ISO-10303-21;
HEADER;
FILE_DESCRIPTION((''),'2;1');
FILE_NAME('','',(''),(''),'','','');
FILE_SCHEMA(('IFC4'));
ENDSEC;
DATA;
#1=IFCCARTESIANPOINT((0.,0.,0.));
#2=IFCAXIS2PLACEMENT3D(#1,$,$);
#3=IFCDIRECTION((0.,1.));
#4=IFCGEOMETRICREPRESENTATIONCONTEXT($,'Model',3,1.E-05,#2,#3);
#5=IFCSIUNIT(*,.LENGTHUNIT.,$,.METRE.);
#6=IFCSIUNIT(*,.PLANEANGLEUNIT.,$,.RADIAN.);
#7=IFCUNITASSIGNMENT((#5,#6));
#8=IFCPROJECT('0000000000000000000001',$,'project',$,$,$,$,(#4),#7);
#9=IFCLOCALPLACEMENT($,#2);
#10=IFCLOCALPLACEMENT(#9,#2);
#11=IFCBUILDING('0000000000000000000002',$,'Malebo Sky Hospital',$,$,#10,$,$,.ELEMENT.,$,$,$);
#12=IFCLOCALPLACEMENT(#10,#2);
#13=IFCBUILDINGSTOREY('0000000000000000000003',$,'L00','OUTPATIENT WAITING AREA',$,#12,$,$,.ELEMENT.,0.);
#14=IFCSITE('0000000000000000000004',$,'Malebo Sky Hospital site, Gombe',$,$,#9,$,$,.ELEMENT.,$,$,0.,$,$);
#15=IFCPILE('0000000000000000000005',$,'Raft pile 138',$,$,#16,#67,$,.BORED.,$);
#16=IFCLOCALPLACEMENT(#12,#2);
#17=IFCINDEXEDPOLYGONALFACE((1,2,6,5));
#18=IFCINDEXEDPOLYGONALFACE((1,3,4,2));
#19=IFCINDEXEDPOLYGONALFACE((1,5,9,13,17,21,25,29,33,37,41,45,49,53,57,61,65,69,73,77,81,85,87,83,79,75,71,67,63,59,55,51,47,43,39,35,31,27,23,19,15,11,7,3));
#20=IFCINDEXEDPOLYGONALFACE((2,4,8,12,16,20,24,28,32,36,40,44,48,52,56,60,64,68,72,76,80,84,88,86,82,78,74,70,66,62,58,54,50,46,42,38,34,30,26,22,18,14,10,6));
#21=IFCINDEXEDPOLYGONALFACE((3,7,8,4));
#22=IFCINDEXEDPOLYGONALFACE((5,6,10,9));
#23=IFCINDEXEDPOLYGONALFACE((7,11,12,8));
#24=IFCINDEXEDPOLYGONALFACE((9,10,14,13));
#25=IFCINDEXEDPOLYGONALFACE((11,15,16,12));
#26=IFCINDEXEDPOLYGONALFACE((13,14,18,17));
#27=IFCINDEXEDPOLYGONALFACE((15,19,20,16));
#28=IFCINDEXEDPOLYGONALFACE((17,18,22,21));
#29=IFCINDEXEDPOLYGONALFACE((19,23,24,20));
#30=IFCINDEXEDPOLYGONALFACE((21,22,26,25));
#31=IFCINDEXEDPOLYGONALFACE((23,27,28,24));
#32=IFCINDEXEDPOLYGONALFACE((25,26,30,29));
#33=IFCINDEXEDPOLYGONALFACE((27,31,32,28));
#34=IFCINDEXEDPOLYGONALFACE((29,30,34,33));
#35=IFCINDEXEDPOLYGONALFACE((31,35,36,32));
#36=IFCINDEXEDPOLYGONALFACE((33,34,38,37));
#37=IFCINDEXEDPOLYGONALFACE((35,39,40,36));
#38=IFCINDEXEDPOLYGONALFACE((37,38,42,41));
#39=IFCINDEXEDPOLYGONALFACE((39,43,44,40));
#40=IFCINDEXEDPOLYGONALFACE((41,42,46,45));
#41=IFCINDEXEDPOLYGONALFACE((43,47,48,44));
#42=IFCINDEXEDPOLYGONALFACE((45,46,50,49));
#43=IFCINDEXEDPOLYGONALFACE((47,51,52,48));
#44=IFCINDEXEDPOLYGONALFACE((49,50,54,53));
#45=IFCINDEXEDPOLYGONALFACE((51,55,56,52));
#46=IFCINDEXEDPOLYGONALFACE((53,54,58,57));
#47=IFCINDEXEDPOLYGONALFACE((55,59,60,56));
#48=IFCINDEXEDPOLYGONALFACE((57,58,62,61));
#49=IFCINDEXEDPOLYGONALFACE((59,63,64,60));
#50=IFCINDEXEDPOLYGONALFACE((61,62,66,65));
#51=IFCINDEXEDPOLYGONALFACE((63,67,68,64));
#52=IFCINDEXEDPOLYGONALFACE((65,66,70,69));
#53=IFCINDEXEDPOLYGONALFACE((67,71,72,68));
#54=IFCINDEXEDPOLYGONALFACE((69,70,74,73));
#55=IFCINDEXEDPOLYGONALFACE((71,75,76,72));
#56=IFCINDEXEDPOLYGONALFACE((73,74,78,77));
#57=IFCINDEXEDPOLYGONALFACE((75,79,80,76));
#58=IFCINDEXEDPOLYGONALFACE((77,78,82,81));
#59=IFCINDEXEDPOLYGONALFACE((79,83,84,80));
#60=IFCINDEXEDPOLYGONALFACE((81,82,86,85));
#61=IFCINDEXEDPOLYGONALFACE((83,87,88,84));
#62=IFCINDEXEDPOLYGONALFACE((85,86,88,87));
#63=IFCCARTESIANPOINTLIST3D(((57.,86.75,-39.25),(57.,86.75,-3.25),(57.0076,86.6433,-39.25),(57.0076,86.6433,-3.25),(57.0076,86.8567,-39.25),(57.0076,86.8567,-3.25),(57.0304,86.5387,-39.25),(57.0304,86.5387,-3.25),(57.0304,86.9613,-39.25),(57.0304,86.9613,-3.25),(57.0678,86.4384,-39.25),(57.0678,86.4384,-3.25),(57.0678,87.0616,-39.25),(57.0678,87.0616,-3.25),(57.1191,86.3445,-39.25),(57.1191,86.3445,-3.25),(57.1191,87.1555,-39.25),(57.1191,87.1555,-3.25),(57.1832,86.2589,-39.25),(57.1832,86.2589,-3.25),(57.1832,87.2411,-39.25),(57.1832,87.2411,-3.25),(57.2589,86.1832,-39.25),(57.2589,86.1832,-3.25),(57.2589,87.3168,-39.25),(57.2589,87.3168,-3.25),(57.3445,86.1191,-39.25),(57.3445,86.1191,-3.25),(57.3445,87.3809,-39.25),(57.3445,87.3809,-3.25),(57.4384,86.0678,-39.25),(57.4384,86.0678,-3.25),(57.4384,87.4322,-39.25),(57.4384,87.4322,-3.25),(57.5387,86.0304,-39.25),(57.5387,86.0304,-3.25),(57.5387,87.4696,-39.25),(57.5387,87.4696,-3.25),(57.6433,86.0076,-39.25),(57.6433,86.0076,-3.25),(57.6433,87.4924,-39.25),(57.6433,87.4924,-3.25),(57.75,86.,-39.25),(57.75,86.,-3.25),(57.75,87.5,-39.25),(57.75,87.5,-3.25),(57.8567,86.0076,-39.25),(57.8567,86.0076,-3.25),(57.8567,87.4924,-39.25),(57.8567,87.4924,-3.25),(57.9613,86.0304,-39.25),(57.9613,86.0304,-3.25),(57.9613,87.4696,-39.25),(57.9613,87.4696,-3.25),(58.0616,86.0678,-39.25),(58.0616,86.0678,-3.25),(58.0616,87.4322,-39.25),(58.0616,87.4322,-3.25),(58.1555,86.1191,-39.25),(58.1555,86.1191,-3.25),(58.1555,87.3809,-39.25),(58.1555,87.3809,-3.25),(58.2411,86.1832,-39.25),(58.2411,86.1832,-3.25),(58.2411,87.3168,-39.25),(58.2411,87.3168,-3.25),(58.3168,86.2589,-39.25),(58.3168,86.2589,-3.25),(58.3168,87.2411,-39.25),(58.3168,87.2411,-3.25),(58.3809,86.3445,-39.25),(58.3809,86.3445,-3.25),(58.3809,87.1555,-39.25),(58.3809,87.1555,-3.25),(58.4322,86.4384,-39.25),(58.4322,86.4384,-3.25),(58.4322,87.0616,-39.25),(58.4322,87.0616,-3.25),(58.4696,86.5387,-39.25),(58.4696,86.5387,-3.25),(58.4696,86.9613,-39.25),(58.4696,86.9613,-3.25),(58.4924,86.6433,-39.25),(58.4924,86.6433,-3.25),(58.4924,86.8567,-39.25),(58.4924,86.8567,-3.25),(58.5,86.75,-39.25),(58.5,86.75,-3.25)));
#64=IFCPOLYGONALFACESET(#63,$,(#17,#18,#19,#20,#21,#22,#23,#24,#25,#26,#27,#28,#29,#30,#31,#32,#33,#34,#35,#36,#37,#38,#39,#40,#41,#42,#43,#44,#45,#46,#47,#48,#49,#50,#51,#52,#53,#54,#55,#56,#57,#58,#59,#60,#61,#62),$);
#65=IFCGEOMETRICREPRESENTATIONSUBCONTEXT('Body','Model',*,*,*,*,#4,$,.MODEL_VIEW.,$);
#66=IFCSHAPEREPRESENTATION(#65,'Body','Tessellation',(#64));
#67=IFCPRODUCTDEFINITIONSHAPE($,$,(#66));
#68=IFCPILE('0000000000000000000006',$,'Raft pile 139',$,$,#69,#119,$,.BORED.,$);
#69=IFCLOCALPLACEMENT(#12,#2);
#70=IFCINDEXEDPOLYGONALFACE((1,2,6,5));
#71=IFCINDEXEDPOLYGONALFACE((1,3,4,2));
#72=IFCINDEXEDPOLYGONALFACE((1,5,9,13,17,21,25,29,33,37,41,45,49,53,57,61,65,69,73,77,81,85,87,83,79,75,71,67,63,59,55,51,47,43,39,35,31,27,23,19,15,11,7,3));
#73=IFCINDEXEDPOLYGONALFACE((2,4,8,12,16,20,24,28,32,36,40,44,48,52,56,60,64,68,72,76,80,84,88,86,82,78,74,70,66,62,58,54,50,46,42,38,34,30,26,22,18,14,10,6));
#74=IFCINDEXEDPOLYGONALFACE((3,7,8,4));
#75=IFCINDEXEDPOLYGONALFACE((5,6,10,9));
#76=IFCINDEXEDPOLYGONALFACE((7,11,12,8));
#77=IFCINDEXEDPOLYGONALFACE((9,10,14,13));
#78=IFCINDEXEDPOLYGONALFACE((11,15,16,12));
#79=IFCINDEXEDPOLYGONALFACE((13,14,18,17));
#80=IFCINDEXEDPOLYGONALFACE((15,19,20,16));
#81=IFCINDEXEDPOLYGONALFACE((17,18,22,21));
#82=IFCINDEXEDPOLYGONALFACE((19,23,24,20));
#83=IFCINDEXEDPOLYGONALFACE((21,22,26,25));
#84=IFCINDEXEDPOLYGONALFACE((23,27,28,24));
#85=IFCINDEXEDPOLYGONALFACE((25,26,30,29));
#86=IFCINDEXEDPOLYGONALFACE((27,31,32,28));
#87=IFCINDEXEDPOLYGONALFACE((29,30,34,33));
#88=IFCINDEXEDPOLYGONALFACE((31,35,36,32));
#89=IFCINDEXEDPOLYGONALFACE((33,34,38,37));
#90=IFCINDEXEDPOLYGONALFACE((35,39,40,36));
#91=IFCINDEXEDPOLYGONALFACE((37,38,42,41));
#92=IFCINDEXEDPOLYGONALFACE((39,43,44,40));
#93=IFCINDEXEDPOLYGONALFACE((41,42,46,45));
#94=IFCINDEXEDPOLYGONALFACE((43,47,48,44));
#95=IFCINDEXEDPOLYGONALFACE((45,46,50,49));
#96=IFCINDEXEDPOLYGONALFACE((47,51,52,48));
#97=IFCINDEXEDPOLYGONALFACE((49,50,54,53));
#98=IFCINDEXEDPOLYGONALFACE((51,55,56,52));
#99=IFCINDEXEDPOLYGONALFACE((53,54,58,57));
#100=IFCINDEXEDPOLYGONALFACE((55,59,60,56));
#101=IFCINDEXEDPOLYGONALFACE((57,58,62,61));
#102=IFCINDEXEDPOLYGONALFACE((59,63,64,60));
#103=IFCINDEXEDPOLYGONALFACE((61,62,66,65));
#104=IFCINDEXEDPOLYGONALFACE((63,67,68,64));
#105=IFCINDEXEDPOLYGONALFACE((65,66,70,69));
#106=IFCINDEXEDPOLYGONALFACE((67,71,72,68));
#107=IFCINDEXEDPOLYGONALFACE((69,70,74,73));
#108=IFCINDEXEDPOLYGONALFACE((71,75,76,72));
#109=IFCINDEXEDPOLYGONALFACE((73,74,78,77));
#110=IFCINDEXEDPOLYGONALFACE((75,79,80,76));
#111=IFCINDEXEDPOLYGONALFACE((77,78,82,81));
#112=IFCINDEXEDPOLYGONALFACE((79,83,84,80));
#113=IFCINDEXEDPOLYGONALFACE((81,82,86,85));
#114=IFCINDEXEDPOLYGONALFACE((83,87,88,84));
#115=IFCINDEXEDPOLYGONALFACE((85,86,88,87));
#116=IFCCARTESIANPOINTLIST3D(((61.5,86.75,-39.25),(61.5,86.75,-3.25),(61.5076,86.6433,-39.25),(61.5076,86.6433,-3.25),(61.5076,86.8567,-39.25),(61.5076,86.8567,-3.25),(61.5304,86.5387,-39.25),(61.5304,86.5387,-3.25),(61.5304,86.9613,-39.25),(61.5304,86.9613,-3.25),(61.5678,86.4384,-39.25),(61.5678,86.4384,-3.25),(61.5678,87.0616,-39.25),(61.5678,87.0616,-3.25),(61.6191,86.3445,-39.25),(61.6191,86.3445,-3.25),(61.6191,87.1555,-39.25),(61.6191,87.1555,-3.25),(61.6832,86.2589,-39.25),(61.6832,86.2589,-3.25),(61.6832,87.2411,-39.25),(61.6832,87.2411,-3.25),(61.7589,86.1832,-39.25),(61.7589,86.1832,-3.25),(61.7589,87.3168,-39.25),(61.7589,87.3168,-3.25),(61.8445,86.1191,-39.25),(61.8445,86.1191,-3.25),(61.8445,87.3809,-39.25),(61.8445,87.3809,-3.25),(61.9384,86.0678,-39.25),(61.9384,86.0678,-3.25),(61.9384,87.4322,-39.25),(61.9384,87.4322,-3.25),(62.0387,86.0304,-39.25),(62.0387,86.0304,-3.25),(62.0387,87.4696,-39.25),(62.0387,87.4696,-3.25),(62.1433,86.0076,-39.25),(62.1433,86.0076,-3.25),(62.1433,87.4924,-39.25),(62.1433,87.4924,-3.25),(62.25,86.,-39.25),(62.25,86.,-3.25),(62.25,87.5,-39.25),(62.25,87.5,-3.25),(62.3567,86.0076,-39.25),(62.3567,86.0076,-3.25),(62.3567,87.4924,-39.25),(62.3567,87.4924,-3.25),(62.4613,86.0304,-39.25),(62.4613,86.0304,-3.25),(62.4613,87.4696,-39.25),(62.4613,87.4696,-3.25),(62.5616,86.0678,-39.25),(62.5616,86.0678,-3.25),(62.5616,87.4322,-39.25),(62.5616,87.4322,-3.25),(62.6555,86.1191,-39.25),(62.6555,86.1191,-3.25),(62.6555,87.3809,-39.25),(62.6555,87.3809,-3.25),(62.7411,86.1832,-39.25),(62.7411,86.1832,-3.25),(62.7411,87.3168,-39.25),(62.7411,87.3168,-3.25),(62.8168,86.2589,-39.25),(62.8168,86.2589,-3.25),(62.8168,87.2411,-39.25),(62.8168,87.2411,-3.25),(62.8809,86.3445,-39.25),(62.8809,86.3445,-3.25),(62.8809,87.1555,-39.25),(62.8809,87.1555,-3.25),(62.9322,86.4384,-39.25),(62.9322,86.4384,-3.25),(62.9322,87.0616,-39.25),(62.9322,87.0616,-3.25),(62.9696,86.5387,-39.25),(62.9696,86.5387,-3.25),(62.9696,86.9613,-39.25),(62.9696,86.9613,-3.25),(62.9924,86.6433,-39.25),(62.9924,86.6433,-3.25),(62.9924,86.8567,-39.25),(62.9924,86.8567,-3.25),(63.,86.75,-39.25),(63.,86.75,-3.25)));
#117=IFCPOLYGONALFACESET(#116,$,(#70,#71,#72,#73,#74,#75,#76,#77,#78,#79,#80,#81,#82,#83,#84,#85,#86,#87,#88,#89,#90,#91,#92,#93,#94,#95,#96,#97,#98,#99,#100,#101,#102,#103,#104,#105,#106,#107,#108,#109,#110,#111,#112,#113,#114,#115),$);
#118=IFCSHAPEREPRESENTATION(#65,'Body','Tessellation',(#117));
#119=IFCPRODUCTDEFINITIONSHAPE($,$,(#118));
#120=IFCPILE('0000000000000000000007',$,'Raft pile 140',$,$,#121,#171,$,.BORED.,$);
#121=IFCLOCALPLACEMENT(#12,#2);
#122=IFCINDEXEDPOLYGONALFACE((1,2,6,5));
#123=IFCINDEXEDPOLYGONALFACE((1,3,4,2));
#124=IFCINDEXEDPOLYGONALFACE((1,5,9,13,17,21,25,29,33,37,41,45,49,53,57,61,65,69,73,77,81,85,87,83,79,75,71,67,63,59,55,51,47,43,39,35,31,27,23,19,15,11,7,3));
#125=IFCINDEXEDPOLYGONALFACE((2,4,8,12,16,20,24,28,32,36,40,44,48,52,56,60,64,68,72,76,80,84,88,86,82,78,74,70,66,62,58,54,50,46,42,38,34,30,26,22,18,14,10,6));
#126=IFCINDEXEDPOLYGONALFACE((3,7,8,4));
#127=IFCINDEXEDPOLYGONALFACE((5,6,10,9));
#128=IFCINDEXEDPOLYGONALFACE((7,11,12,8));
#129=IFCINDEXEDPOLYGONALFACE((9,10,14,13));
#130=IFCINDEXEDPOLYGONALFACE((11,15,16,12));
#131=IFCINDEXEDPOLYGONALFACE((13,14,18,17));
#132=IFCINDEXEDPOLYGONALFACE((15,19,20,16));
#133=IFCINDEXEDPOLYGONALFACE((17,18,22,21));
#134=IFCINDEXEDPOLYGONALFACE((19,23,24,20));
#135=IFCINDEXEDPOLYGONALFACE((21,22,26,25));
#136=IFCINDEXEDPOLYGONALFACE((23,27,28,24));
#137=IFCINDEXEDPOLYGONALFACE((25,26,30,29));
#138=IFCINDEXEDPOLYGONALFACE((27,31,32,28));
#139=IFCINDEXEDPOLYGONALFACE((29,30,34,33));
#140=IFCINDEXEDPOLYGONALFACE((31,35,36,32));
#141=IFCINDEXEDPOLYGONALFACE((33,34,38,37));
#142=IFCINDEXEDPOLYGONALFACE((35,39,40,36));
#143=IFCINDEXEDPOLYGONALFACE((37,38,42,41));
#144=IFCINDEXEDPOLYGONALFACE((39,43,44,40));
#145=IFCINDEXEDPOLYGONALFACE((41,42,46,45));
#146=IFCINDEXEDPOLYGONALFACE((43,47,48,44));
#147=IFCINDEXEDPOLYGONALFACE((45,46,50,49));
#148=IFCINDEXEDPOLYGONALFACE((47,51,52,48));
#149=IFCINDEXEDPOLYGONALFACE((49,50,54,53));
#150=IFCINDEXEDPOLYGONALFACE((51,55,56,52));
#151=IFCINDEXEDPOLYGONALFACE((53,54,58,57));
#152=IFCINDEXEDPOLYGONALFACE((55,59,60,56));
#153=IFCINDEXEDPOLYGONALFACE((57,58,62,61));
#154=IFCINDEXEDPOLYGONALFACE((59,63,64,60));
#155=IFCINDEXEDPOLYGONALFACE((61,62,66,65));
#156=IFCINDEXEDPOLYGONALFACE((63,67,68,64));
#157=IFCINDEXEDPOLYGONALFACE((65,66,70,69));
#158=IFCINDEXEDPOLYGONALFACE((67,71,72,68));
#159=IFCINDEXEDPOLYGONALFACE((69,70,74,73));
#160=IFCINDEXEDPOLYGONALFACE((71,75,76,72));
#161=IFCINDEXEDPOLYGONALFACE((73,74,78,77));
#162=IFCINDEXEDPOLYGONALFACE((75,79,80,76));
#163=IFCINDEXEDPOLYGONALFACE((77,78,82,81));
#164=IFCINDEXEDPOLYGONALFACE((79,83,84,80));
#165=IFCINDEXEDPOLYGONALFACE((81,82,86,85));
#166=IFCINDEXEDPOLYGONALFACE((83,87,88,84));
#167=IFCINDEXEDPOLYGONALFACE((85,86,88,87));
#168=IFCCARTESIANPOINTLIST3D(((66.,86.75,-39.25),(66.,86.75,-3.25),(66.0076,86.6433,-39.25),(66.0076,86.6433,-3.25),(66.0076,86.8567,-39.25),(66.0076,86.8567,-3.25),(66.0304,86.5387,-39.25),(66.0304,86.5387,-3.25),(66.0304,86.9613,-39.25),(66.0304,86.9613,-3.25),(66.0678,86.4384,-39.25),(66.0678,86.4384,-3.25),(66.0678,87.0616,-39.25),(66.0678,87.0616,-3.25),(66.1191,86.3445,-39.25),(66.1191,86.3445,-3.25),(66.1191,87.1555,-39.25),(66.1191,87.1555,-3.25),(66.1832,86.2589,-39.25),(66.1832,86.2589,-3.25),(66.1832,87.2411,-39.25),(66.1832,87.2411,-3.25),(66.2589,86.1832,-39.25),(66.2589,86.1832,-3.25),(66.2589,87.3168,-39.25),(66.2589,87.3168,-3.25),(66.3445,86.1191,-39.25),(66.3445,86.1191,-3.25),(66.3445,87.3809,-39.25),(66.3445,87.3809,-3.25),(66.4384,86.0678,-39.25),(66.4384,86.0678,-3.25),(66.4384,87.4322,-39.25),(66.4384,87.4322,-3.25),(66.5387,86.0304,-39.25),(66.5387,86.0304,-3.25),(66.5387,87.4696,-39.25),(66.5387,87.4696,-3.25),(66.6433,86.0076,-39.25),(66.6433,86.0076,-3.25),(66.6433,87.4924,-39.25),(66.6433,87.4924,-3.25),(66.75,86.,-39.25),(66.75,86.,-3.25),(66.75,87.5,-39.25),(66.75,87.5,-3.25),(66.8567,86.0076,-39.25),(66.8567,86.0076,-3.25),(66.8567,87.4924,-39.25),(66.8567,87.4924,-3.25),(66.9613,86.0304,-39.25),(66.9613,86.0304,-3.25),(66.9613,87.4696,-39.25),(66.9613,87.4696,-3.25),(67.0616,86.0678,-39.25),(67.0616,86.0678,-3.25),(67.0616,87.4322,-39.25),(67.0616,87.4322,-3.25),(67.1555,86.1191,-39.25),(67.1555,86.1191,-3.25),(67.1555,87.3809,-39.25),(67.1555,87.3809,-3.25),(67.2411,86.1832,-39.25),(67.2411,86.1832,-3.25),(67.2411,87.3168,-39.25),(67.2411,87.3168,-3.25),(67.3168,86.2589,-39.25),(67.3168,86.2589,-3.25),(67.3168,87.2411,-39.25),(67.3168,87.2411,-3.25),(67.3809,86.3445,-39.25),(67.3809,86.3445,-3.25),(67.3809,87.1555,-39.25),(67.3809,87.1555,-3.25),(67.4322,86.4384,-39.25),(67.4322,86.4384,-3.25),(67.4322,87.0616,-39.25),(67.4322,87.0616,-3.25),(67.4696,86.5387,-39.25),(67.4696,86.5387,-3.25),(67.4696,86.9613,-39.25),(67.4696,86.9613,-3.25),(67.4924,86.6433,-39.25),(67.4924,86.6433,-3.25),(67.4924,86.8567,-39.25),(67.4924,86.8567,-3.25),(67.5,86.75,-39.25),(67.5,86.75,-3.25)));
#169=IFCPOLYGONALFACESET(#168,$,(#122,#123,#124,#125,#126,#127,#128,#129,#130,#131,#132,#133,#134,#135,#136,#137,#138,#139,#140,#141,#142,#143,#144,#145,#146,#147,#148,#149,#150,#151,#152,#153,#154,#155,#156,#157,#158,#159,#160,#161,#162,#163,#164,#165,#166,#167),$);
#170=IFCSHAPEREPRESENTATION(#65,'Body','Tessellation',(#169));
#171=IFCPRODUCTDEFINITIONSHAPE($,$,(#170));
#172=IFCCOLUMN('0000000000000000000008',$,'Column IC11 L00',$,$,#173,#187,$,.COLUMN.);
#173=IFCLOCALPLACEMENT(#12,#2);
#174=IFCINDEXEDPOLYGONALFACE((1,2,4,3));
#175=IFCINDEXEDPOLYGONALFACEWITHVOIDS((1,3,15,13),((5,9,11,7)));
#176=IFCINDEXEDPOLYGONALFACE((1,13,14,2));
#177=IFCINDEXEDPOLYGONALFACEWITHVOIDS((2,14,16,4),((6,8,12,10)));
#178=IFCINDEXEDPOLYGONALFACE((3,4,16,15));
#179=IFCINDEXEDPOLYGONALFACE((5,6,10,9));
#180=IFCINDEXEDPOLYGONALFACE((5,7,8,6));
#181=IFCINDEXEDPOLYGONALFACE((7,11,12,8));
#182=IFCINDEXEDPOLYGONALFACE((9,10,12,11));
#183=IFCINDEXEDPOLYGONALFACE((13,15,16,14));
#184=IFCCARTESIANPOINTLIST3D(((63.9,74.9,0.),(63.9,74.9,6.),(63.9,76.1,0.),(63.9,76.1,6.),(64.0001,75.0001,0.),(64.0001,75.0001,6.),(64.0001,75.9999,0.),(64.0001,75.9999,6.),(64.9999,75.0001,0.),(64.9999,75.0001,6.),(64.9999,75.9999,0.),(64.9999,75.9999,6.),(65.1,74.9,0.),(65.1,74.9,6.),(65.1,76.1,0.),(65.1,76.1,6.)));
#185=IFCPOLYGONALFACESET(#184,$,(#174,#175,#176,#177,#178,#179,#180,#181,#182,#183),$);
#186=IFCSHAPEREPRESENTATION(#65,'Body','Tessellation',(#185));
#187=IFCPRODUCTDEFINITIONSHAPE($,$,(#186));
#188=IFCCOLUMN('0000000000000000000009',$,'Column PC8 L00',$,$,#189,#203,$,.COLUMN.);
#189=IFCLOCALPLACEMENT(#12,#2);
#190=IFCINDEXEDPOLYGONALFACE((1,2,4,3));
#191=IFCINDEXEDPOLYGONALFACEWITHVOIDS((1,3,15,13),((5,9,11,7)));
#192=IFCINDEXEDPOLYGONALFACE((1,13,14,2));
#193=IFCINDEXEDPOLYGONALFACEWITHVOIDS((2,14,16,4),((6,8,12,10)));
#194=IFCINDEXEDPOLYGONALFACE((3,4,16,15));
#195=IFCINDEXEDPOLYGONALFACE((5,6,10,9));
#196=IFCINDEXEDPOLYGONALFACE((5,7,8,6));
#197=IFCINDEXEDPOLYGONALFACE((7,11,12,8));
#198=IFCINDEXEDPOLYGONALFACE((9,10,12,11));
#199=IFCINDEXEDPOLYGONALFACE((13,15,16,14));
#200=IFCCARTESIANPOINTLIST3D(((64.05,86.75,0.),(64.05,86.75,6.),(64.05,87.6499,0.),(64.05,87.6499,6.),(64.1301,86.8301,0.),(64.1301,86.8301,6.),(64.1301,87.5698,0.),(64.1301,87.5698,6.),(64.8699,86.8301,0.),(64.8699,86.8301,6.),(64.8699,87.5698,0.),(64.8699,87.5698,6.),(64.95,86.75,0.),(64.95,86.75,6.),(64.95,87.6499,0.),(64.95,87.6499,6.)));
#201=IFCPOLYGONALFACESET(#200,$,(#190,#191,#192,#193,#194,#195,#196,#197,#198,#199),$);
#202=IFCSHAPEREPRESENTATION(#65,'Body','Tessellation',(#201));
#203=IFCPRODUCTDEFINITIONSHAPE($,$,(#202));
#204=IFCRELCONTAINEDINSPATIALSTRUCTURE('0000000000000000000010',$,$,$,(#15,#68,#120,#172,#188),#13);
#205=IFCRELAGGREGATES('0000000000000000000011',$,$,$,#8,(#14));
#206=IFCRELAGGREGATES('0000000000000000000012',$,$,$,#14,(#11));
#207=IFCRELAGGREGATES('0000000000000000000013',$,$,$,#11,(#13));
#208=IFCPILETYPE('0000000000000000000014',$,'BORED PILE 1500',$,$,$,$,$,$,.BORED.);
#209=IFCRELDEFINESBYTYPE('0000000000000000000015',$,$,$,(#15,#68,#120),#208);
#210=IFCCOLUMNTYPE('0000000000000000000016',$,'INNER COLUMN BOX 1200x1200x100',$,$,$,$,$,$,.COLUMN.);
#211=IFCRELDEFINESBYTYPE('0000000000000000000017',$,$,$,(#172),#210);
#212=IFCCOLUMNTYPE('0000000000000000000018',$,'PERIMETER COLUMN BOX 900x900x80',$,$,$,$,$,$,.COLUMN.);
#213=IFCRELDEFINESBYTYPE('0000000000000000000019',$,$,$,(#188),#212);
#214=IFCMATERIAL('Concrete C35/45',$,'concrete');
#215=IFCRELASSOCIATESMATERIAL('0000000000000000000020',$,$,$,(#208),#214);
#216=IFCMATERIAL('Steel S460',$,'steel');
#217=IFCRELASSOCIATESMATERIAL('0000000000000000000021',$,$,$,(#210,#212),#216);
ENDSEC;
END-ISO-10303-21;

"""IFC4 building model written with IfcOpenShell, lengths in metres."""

from ifc_helpers import new_model, si_unit, direction, frame, origin, origin_2d, place, context, subcontext, project, spatial, hollow_rectangle, circle, extrude, material, material_profile, profile_set, type_object, element, save


model = new_model("IFC4")

# Units and contexts
model_context = context("Model", 3, precision=1e-05, world=origin(), true_north=direction((0.0, 1.0)))
body_context = subcontext(model_context, "Body", "Model", "MODEL_VIEW")
ifc_project = project(units=[si_unit("LENGTHUNIT", "METRE"), si_unit("PLANEANGLEUNIT", "RADIAN")], contexts=[model_context])

# Site, building, storey
site_placement = place(None, origin())
site = spatial("IfcSite", under=ifc_project, at=site_placement, Name="Malebo Sky Hospital site, Gombe", CompositionType="ELEMENT", RefElevation=0.0)
building_placement = place(site_placement, origin())
building = spatial("IfcBuilding", under=site, at=building_placement, Name="Malebo Sky Hospital", CompositionType="ELEMENT")
storey_placement = place(building_placement, origin())
storey = spatial("IfcBuildingStorey", under=building, at=storey_placement, Name="L00", Description="OUTPATIENT WAITING AREA", CompositionType="ELEMENT", Elevation=0.0)

# Piles
ifc_material_1 = material(Name="Concrete C35/45", Category="concrete")
ifc_material_profile_1 = material_profile(ifc_material_1, circle(Radius=0.75, at=origin_2d()), Name="BP 1500")
ifc_profile_set_1 = profile_set([ifc_material_profile_1], Name="Concrete C35/45")
pile_type = type_object("IfcPileType", Name="BORED PILE 1500", PredefinedType="BORED", material=ifc_profile_set_1)
for number, where, z_axis, x_axis, name in (
    (1, (57.75, 86.75, -3.25), (0.0, 0.0, -1.0), (1.0, 0.0, 0.0), "Raft pile 138"),
    (2, (62.25, 86.75, -3.25), (0.0, 0.0, -1.0), (1.0, 0.0, 0.0), "Raft pile 139"),
    (3, (66.75, 86.75, -3.25), (0.0, 0.0, -1.0), (1.0, 0.0, 0.0), "Raft pile 140"),
):
    element("IfcPile", number, at=place(storey_placement, frame(where, z_axis=z_axis, x_axis=x_axis)), inside=storey, type_object=pile_type, Name=name, PredefinedType="BORED", context=body_context, shape_type="SweptSolid", body=[
        extrude(circle(Radius=0.75, at=origin_2d()), origin(), (0.0, 0.0, 1.0), 36.0),
    ])

# Columns
ifc_material_2 = material(Name="Steel S460", Category="steel")
ifc_material_profile_2 = material_profile(ifc_material_2, hollow_rectangle(XDim=1.2, YDim=1.2, WallThickness=0.1001, at=origin_2d()), Name="BOX 1200x1200x100")
ifc_profile_set_2 = profile_set([ifc_material_profile_2], Name="Steel S460")
column_type_1 = type_object("IfcColumnType", Name="INNER COLUMN BOX 1200x1200x100", PredefinedType="COLUMN", material=ifc_profile_set_2)
column_1_placement = place(storey_placement, frame((64.5, 75.5, 0.0), z_axis=(0.0, 0.0, 1.0), x_axis=(1.0, 0.0, 0.0)))
element("IfcColumn", 4, at=column_1_placement, inside=storey, type_object=column_type_1, Name="Column IC11 L00", PredefinedType="COLUMN", context=body_context, shape_type="SweptSolid", body=[
    extrude(hollow_rectangle(XDim=1.2, YDim=1.2, WallThickness=0.1001, at=origin_2d()), origin(), (0.0, 0.0, 1.0), 6.0),
])
ifc_material_profile_3 = material_profile(ifc_material_2, hollow_rectangle(XDim=0.8999, YDim=0.8999, WallThickness=0.0801, at=origin_2d()), Name="BOX 900x900x80")
ifc_profile_set_3 = profile_set([ifc_material_profile_3], Name="Steel S460")
column_type_2 = type_object("IfcColumnType", Name="PERIMETER COLUMN BOX 900x900x80", PredefinedType="COLUMN", material=ifc_profile_set_3)
column_2_placement = place(storey_placement, frame((64.5, 87.2, 0.0), z_axis=(0.0, 0.0, 1.0), x_axis=(1.0, 0.0, 0.0)))
element("IfcColumn", 5, at=column_2_placement, inside=storey, type_object=column_type_2, Name="Column PC8 L00", PredefinedType="COLUMN", context=body_context, shape_type="SweptSolid", body=[
    extrude(hollow_rectangle(XDim=0.8999, YDim=0.8999, WallThickness=0.0801, at=origin_2d()), origin(), (0.0, 0.0, 1.0), 6.0),
])

save(model, "model.ifc")
